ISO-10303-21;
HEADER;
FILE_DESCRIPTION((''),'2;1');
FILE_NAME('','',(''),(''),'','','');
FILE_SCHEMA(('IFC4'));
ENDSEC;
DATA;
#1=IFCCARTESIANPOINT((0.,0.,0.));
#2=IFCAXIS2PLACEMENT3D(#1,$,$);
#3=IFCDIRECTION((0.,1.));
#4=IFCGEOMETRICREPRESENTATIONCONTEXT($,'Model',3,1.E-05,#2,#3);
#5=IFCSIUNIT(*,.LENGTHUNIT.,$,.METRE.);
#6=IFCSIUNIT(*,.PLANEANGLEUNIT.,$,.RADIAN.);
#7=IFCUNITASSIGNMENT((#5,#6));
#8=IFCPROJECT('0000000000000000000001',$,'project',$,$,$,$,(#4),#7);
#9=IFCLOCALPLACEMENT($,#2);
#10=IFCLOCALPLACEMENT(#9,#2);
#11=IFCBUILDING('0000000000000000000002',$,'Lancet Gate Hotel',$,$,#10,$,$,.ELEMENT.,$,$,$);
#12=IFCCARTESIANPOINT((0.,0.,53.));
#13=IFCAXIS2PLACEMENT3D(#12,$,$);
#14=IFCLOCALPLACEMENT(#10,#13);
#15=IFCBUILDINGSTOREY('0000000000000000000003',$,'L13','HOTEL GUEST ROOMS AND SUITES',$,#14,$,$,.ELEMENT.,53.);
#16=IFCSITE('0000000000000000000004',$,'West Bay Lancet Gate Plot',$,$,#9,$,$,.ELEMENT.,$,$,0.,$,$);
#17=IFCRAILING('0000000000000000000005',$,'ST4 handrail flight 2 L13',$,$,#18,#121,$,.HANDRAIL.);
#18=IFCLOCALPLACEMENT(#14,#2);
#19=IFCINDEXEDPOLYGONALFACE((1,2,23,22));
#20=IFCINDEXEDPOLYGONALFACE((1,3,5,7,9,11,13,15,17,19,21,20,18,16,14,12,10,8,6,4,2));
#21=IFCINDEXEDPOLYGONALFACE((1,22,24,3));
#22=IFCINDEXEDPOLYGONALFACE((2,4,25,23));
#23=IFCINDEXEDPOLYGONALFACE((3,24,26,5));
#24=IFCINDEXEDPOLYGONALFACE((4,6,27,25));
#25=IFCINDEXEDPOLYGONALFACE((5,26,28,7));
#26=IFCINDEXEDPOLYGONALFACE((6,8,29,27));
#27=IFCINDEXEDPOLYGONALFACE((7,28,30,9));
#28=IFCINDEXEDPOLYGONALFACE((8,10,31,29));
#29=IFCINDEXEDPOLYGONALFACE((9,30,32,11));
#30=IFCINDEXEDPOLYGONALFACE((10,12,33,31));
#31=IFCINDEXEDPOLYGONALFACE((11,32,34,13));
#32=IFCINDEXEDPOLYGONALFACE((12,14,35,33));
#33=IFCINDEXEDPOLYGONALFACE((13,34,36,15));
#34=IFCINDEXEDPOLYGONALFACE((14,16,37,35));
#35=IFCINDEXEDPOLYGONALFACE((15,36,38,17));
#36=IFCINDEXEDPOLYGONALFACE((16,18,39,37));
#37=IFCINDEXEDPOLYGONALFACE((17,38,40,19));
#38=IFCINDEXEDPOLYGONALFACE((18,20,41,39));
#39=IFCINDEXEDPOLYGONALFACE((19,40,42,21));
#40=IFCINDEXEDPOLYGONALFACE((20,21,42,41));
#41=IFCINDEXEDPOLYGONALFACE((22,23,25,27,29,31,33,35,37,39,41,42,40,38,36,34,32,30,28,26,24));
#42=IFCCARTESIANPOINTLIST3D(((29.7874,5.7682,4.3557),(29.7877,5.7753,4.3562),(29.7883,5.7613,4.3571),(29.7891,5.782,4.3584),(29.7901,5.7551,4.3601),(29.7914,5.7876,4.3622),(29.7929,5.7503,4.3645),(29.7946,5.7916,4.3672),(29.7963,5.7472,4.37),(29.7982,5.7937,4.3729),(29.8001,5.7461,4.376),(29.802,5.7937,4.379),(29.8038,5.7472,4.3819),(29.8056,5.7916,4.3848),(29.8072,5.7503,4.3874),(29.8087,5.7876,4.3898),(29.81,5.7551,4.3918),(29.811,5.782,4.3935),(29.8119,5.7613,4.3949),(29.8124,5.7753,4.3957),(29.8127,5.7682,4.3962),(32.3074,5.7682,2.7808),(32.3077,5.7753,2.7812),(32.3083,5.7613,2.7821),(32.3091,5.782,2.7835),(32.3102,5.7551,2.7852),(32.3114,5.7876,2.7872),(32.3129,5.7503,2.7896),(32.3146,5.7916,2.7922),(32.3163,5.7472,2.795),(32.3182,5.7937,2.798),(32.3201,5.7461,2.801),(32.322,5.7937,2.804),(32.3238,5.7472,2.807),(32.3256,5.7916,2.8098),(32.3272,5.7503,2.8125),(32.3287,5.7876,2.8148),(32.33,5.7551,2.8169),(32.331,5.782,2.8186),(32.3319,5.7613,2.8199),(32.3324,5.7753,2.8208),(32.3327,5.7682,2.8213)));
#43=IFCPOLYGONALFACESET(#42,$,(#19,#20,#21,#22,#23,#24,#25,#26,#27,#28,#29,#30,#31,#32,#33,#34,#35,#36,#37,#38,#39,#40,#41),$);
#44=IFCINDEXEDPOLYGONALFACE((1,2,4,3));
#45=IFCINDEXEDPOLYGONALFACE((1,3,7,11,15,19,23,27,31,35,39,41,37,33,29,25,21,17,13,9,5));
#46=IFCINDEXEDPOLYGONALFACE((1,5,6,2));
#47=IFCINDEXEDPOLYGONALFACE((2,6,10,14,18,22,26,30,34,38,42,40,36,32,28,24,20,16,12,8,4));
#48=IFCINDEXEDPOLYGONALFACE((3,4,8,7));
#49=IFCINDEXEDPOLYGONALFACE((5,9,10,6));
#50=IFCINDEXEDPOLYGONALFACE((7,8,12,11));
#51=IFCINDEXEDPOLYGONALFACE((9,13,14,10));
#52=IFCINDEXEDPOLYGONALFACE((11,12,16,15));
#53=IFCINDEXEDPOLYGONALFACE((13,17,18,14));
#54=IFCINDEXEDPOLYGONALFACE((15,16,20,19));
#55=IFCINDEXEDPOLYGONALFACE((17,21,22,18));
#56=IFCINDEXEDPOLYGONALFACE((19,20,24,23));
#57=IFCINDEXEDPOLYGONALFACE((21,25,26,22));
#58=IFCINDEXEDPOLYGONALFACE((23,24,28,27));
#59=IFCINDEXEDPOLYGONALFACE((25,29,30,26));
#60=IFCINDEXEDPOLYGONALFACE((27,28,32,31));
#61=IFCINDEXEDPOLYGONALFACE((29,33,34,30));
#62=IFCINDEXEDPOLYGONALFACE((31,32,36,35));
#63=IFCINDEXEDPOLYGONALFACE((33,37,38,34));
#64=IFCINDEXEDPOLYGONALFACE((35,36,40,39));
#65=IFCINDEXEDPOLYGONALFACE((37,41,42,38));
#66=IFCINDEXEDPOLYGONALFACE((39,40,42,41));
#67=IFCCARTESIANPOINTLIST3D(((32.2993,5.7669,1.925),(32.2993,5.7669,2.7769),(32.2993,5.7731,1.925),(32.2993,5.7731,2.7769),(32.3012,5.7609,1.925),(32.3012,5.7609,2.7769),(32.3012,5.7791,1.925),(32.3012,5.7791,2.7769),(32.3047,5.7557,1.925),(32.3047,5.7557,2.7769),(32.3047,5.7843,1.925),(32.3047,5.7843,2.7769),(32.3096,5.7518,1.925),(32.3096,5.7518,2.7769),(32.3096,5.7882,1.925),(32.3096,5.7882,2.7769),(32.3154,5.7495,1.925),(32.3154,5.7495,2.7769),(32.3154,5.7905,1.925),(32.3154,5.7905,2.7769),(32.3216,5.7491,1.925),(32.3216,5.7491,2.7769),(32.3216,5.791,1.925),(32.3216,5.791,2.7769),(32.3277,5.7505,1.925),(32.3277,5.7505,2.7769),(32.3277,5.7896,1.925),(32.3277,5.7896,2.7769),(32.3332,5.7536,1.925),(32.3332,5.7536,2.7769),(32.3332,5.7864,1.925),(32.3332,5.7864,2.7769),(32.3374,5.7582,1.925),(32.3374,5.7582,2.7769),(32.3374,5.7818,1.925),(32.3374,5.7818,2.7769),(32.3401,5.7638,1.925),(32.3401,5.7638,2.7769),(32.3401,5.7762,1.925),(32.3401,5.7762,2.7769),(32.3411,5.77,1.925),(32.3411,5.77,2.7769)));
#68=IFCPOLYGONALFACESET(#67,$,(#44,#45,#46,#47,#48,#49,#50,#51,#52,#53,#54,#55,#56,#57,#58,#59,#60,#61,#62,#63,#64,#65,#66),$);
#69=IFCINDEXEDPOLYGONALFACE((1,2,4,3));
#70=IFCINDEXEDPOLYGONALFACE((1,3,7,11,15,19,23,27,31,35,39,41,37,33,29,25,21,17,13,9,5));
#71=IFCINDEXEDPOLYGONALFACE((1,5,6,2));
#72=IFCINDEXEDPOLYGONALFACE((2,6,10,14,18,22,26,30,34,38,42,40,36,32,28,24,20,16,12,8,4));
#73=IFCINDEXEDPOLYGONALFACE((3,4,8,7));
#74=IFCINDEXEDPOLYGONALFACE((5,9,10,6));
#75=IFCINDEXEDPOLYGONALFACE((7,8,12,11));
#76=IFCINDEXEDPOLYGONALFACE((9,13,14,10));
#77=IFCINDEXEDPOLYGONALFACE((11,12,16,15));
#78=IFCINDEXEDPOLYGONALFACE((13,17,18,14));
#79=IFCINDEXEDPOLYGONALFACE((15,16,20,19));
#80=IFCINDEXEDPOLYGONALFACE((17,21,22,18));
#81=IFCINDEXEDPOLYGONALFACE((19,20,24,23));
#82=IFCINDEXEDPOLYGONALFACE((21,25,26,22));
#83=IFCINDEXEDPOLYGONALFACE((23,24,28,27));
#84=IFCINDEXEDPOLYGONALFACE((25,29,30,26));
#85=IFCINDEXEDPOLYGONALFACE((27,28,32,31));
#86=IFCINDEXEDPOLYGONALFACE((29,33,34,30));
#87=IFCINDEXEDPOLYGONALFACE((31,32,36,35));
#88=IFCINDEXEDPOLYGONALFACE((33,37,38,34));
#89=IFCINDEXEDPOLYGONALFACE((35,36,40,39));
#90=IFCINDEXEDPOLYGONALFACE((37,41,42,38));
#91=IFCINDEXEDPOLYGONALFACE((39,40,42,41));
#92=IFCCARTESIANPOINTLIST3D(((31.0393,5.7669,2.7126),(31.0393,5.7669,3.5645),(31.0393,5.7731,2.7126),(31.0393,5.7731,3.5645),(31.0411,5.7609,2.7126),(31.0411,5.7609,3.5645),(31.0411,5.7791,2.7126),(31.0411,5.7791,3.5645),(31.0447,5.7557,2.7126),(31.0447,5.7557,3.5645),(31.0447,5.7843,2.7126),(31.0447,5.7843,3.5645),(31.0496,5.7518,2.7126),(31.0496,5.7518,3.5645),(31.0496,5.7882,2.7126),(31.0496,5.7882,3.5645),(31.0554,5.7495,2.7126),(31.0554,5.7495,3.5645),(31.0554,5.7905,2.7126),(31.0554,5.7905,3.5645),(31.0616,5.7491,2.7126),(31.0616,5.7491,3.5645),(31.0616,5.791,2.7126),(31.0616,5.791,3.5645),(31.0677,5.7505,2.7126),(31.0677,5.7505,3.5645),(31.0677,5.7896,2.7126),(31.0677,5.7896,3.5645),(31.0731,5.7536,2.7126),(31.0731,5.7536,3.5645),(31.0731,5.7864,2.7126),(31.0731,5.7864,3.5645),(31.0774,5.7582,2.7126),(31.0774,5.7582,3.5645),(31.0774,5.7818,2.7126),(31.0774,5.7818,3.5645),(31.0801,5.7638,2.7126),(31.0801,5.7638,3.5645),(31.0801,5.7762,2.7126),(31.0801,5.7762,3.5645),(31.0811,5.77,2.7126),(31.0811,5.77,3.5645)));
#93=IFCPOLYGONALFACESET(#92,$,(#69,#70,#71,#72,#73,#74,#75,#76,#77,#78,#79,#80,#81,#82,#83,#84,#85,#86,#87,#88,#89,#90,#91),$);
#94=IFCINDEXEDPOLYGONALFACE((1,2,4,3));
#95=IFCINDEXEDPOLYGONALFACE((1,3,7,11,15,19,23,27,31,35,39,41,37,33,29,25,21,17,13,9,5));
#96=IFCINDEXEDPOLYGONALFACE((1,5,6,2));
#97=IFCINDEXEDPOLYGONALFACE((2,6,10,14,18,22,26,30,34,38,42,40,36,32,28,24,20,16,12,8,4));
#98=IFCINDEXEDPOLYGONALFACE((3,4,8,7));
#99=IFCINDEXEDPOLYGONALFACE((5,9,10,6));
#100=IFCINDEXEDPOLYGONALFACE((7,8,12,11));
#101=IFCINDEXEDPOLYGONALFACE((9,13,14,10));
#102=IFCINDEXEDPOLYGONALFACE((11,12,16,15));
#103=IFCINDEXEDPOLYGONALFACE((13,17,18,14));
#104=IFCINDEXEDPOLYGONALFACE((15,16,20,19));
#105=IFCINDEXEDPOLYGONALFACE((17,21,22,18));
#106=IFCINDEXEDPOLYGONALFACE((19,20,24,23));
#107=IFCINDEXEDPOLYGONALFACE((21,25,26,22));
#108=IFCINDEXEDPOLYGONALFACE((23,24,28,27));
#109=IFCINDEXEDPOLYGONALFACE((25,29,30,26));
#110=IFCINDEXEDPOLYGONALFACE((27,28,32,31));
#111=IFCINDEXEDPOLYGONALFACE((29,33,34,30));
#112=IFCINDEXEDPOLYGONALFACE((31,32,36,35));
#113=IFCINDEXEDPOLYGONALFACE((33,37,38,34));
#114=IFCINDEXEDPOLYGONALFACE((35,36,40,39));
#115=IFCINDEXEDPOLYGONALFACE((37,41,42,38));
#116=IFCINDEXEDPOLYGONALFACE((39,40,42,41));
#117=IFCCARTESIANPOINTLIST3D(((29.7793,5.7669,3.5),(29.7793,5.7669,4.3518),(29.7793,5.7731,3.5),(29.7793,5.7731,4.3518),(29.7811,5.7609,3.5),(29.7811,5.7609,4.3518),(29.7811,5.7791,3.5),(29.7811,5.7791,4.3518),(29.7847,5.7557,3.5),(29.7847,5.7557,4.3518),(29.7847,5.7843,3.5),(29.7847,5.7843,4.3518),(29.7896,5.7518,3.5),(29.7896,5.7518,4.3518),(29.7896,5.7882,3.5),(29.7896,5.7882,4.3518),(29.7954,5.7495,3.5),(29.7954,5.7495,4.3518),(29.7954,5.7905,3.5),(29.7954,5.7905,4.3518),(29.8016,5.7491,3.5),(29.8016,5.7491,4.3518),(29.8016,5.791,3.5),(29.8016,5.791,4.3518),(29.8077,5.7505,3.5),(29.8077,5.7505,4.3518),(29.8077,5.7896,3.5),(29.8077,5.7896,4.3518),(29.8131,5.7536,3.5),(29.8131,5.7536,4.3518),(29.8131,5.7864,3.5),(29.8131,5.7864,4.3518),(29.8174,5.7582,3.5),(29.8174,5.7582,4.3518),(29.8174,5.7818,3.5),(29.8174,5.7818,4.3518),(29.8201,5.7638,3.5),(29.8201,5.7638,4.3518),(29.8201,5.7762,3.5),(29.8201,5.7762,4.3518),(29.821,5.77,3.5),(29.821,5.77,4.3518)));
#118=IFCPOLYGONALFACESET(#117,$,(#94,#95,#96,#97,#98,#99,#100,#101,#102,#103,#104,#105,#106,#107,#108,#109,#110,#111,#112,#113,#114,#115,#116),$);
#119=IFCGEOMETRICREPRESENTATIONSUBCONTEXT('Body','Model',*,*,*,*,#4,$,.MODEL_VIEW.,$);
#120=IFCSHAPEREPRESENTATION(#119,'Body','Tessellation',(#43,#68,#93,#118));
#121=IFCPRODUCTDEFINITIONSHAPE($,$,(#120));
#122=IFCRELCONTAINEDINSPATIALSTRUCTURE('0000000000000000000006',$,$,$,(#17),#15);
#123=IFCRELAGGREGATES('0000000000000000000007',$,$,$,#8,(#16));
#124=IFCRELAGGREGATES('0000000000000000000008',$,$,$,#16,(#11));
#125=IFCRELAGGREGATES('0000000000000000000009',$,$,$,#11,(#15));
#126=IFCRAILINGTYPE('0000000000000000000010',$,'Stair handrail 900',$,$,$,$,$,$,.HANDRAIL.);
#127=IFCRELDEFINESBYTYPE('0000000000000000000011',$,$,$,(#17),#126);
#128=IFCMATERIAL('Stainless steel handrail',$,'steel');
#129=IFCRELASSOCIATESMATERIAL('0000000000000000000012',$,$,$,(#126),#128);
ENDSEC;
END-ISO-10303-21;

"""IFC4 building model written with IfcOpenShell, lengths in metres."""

from ifc_helpers import new_model, si_unit, direction, frame, origin, origin_2d, place, context, subcontext, project, spatial, circle, extrude, material, type_object, element, save


model = new_model("IFC4")

# Units and contexts
model_context = context("Model", 3, precision=1e-05, world=origin(), true_north=direction((0.0, 1.0)))
body_context = subcontext(model_context, "Body", "Model", "MODEL_VIEW")
ifc_project = project(units=[si_unit("LENGTHUNIT", "METRE"), si_unit("PLANEANGLEUNIT", "RADIAN")], contexts=[model_context])

# Site, building, storey
site_placement = place(None, origin())
site = spatial("IfcSite", under=ifc_project, at=site_placement, Name="West Bay Lancet Gate Plot", CompositionType="ELEMENT", RefElevation=0.0)
building_placement = place(site_placement, origin())
building = spatial("IfcBuilding", under=site, at=building_placement, Name="Lancet Gate Hotel", CompositionType="ELEMENT")
storey_placement = place(building_placement, frame((0.0, 0.0, 53.0)))
storey = spatial("IfcBuildingStorey", under=building, at=storey_placement, Name="L13", Description="HOTEL GUEST ROOMS AND SUITES", CompositionType="ELEMENT", Elevation=53.0)

# Railing
ifc_material_1 = material(Name="Stainless steel handrail", Category="steel")
railing_type = type_object("IfcRailingType", Name="Stair handrail 900", PredefinedType="HANDRAIL", material=ifc_material_1)
railing_1_placement = place(storey_placement, frame((32.3201, 5.77, 1.925)))
element("IfcRailing", 1, at=railing_1_placement, inside=storey, type_object=railing_type, Name="ST4 handrail flight 2 L13", PredefinedType="HANDRAIL", context=body_context, shape_type="SweptSolid", body=[
    extrude(circle(Radius=0.0239, at=origin_2d()), frame((0.0, 0.0, 0.876), z_axis=(-0.848008, 0.0, 0.529984), x_axis=(0.0, -1.0, 0.0)), (0.0, 0.0, 1.0), 2.9717),
    extrude(circle(Radius=0.021, at=origin_2d()), origin(), (0.0, 0.0, 1.0), 0.8518),
    extrude(circle(Radius=0.021, at=origin_2d()), frame((-1.26, 0.0, 0.7876)), (0.0, 0.0, 1.0), 0.8518),
    extrude(circle(Radius=0.021, at=origin_2d()), frame((-2.52, 0.0, 1.575)), (0.0, 0.0, 1.0), 0.8518),
])

save(model, "model.ifc")
